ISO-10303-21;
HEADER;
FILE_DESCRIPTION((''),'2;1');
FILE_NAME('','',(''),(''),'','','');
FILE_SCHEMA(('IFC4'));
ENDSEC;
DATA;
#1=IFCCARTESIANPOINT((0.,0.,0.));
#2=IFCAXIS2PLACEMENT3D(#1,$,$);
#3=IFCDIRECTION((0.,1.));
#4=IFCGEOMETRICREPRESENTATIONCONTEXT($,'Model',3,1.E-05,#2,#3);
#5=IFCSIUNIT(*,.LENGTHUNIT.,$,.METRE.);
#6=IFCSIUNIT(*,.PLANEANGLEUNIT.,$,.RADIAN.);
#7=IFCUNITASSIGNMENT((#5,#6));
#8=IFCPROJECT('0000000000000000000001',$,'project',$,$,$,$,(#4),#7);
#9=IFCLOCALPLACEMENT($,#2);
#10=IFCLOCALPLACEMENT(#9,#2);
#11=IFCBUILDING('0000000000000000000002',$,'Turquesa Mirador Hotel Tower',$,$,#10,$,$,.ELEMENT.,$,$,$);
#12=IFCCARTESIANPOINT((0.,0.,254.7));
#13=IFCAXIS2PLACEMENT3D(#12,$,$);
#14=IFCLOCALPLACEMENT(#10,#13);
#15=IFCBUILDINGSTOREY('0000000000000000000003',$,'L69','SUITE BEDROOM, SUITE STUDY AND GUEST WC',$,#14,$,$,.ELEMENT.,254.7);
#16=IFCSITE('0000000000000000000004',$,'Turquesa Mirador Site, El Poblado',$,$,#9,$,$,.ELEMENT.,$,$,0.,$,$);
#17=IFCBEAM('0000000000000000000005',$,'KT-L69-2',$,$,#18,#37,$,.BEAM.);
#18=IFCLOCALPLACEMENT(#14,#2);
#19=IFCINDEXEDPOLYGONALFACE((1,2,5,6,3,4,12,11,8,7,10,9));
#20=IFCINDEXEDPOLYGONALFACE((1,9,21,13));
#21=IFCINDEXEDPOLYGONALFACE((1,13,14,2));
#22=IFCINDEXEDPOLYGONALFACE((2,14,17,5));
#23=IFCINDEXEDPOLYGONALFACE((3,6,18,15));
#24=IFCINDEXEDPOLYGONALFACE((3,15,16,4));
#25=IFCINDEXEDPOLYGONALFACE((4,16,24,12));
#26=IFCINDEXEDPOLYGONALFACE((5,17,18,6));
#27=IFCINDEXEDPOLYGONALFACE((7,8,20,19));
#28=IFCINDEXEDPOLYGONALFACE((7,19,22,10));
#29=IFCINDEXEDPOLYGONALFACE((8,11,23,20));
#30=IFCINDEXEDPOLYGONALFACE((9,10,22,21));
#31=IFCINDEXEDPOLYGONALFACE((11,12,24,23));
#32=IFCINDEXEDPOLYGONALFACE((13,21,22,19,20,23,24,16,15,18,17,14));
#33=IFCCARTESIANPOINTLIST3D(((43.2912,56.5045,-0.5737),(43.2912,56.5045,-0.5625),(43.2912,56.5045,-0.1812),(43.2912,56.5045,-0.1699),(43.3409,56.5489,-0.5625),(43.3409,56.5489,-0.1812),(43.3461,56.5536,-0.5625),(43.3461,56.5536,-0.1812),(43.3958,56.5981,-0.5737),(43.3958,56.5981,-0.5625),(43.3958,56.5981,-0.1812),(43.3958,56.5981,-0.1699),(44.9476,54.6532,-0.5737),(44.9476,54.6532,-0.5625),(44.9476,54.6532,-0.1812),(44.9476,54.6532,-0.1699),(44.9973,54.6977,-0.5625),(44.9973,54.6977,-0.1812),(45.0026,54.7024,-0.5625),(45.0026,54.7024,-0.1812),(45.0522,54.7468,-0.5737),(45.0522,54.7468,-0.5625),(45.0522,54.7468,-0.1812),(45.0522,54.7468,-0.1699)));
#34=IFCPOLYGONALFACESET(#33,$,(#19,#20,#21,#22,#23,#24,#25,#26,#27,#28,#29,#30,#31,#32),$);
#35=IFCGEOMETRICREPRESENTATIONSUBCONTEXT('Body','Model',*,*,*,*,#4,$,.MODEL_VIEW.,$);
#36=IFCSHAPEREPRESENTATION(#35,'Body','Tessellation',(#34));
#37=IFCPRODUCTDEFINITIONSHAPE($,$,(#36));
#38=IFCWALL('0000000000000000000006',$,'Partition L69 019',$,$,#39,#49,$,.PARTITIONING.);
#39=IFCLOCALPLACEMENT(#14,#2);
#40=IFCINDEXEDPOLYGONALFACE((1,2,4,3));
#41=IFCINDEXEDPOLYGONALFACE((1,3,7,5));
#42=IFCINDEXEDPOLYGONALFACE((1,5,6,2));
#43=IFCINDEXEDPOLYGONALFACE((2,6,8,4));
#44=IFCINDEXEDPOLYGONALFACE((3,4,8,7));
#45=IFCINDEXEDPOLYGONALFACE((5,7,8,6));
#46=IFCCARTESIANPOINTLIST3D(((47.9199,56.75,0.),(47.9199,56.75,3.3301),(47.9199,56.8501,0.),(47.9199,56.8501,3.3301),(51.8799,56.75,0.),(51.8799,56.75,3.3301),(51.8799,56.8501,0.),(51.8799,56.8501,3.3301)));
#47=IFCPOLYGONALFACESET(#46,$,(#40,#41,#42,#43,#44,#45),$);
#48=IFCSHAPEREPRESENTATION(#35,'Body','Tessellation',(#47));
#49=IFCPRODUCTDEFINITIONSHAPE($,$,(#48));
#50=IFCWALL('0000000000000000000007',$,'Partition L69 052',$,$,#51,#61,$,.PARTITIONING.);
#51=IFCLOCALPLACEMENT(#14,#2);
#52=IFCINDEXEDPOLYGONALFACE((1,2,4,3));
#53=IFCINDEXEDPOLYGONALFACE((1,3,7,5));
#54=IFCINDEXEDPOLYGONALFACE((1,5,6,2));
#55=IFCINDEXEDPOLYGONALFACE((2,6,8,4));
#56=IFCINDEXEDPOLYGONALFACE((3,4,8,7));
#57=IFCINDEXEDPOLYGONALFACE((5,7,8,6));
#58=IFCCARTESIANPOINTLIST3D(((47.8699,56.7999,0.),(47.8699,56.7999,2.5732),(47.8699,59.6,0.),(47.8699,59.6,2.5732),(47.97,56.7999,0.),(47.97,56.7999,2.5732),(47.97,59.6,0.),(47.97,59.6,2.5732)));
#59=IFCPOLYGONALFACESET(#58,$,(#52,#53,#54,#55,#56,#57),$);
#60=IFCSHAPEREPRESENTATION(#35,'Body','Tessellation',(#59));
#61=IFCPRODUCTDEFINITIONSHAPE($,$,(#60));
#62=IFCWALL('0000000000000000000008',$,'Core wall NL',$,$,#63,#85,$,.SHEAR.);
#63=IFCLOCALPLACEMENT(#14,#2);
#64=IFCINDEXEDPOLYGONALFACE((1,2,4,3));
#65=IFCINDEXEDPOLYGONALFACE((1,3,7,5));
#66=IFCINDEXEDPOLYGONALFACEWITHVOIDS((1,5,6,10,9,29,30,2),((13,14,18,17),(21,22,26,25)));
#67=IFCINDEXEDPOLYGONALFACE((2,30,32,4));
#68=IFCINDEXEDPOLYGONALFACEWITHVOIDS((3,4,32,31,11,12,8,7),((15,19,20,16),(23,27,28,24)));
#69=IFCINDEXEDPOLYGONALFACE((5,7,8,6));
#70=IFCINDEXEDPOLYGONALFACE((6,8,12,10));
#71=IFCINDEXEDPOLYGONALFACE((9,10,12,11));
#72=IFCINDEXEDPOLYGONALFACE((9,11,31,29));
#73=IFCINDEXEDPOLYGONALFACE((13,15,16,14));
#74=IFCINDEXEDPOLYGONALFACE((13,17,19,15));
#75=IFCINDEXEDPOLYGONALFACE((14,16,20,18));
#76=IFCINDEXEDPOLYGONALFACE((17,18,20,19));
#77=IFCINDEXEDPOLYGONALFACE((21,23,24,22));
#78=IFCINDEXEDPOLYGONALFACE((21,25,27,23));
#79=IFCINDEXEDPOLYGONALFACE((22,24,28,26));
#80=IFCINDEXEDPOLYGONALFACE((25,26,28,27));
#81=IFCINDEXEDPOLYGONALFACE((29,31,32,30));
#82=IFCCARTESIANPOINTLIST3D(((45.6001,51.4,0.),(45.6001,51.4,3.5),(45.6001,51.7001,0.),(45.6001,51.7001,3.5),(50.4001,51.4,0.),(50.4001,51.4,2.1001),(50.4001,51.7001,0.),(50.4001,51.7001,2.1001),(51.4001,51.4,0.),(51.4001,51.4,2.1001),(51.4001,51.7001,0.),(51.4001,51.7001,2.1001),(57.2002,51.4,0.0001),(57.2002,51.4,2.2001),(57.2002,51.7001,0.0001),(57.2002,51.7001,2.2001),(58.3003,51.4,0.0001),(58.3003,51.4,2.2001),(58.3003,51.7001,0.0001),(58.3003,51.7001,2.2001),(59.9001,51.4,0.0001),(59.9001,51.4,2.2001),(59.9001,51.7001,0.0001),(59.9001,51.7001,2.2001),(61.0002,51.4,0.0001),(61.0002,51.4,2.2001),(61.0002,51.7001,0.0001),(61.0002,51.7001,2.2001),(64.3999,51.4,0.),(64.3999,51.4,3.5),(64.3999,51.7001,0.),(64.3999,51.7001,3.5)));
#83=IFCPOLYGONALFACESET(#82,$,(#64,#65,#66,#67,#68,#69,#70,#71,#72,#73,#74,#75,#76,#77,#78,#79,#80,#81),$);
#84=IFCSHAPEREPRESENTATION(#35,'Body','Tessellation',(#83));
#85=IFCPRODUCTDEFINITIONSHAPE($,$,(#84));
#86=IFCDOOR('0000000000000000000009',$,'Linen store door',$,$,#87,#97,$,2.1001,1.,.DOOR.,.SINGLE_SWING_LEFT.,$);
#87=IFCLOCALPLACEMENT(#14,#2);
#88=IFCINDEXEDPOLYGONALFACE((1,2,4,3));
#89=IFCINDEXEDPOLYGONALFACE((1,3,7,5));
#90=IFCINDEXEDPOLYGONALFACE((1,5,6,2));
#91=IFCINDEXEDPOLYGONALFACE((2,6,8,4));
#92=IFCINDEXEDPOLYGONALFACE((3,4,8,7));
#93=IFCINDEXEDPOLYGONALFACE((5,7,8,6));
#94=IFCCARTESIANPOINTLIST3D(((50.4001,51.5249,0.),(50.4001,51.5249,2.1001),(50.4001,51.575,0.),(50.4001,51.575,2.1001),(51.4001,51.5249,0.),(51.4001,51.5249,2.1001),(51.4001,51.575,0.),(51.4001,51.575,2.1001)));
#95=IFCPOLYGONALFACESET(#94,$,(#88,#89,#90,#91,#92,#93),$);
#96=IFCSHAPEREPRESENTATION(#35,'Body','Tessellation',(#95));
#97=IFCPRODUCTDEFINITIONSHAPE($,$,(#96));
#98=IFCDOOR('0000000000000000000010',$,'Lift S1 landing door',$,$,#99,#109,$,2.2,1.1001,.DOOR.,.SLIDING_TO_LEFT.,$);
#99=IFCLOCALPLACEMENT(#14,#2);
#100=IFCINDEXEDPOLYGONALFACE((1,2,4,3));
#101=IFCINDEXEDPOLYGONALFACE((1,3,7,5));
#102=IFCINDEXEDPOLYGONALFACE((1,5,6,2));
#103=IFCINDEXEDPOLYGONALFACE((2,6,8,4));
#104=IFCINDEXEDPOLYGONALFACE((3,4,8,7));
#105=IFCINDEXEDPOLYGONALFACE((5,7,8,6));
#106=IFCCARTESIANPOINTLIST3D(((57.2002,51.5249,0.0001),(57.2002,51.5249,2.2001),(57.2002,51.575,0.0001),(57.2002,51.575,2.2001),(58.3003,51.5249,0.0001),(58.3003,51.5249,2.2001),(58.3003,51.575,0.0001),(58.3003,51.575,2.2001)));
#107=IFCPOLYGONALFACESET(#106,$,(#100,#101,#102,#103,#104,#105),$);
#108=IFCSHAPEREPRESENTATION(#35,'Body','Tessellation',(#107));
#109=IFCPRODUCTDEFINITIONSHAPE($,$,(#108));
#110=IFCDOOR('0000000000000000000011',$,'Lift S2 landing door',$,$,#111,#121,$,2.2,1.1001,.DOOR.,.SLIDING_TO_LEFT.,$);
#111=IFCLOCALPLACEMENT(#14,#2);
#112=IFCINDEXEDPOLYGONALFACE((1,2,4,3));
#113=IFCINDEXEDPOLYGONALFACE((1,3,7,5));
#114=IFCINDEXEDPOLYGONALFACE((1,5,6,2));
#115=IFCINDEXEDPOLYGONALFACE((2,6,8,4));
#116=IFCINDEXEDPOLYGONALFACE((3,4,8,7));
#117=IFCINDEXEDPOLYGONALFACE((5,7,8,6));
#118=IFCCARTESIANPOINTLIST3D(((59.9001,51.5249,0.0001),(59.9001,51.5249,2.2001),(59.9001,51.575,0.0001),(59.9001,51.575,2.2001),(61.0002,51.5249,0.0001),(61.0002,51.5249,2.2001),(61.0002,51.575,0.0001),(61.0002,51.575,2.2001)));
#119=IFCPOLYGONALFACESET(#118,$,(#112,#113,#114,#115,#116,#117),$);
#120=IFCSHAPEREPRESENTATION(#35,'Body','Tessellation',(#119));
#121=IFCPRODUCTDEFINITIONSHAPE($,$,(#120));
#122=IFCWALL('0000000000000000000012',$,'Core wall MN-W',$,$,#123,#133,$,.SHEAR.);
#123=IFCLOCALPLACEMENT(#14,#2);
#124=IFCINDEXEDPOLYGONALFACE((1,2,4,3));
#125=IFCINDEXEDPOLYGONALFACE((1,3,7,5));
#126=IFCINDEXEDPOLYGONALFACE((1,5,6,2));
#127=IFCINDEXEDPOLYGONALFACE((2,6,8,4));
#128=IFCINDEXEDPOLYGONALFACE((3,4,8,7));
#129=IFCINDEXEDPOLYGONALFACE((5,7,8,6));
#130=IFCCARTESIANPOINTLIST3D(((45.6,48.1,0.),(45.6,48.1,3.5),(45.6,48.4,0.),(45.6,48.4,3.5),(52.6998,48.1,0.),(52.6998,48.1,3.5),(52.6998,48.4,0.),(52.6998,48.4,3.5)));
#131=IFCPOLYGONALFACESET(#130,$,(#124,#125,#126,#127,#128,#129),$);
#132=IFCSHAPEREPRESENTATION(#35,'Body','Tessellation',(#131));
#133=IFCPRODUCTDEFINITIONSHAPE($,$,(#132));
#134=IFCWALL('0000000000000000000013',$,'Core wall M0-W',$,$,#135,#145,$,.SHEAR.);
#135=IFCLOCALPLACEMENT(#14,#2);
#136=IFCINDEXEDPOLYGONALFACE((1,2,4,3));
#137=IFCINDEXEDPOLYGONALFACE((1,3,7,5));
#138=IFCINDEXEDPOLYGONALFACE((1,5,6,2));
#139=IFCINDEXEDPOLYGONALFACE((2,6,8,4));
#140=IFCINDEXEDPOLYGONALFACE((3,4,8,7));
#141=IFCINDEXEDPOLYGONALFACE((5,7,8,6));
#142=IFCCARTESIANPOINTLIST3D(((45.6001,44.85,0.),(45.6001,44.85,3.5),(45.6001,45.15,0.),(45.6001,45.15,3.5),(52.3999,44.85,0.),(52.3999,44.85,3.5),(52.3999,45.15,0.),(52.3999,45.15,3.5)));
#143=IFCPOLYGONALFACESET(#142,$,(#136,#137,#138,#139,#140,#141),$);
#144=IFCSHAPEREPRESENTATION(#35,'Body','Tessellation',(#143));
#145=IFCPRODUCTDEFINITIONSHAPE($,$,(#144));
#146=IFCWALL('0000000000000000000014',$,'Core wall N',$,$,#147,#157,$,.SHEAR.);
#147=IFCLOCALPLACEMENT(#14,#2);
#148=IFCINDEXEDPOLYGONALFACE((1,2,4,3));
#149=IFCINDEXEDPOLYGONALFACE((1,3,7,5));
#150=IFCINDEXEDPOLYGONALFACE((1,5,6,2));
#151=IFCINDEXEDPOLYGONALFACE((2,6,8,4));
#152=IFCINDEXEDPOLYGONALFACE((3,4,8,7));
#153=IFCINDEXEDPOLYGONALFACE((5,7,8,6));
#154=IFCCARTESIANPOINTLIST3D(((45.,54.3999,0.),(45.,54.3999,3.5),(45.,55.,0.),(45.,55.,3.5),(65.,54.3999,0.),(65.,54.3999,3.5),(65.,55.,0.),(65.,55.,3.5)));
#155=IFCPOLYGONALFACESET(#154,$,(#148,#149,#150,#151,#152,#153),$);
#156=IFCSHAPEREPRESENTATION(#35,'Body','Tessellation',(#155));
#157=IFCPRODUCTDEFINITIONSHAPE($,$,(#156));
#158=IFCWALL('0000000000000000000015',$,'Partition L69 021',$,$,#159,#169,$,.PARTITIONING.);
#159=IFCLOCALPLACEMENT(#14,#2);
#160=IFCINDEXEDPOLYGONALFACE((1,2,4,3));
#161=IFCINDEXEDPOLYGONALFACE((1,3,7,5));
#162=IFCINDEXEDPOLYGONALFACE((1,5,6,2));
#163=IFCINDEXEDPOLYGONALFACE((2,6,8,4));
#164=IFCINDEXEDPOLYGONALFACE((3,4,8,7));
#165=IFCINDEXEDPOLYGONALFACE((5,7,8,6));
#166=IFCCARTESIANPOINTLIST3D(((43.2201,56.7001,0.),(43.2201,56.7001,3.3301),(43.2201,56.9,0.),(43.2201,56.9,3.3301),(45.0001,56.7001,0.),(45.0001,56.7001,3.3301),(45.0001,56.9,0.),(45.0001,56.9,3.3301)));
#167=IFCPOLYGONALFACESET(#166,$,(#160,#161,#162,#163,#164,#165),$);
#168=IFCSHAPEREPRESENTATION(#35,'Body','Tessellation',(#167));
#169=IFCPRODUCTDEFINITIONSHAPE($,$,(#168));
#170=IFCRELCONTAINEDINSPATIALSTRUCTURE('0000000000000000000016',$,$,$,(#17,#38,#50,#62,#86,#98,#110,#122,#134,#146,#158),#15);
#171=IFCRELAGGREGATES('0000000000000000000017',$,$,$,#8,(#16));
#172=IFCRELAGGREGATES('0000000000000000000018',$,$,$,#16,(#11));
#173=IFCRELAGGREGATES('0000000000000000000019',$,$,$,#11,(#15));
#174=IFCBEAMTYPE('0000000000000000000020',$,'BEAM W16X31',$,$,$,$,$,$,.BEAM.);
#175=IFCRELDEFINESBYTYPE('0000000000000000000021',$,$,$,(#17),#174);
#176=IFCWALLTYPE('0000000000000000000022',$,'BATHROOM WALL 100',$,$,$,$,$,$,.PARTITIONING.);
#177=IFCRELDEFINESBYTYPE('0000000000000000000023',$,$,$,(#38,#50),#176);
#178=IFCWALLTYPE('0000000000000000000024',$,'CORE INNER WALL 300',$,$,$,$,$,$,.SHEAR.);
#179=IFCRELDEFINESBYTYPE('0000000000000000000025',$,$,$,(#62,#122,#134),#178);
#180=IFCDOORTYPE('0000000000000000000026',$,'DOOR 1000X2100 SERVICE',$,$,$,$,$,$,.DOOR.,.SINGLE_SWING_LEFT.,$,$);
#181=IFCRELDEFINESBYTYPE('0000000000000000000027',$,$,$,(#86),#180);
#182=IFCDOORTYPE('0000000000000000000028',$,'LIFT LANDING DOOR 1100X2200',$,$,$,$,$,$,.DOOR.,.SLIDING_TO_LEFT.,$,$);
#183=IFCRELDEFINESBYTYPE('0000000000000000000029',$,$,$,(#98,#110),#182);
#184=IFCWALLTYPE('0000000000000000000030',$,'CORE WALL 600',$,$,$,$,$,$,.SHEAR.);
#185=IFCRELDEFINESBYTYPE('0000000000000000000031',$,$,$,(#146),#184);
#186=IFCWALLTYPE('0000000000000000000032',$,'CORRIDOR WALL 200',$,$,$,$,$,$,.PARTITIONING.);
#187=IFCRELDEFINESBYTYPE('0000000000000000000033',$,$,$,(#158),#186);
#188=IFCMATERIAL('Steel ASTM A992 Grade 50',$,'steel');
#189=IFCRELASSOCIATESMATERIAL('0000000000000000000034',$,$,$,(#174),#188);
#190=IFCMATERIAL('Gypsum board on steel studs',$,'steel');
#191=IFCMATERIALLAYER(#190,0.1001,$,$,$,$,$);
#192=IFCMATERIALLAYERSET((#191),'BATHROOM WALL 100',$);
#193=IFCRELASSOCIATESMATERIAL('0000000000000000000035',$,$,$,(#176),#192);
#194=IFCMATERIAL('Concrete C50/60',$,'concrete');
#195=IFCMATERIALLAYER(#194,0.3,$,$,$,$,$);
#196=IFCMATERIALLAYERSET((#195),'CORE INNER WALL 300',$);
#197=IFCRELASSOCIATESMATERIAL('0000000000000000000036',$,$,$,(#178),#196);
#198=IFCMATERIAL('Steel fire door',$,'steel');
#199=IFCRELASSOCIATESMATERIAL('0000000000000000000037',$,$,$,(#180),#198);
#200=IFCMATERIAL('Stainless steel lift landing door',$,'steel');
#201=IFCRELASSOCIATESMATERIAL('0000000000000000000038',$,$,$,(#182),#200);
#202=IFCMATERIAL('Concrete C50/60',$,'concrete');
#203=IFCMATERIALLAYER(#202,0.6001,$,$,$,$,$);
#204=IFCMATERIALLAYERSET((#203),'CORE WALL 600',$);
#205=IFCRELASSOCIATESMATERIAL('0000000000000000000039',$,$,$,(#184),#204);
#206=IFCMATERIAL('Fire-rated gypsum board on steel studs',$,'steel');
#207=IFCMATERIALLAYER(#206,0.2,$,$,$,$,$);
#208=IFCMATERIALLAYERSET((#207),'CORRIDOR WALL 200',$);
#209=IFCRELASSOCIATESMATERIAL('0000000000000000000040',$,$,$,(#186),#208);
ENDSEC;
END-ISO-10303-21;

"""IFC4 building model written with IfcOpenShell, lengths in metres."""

from ifc_helpers import new_model, si_unit, direction, frame, frame_2d, origin, origin_2d, place, context, subcontext, project, spatial, rectangle, i_section, extrude, material, layer, layer_set, material_profile, profile_set, type_object, element, fill, save


model = new_model("IFC4")

# Units and contexts
model_context = context("Model", 3, precision=1e-05, world=origin(), true_north=direction((0.0, 1.0)))
body_context = subcontext(model_context, "Body", "Model", "MODEL_VIEW")
ifc_project = project(units=[si_unit("LENGTHUNIT", "METRE"), si_unit("PLANEANGLEUNIT", "RADIAN")], contexts=[model_context])

# Site, building, storey
site_placement = place(None, origin())
site = spatial("IfcSite", under=ifc_project, at=site_placement, Name="Turquesa Mirador Site, El Poblado", CompositionType="ELEMENT", RefElevation=0.0)
building_placement = place(site_placement, origin())
building = spatial("IfcBuilding", under=site, at=building_placement, Name="Turquesa Mirador Hotel Tower", CompositionType="ELEMENT")
storey_placement = place(building_placement, frame((0.0, 0.0, 254.7)))
storey = spatial("IfcBuildingStorey", under=building, at=storey_placement, Name="L69", Description="SUITE BEDROOM, SUITE STUDY AND GUEST WC", CompositionType="ELEMENT", Elevation=254.7)

# Beam
ifc_material_1 = material(Name="Steel ASTM A992 Grade 50", Category="steel")
ifc_material_profile = material_profile(ifc_material_1, i_section(OverallWidth=0.1404, OverallDepth=0.4038, WebThickness=0.0071, FlangeThickness=0.0112, at=origin_2d()), Name="W16X31")
ifc_profile_set = profile_set([ifc_material_profile], Name="Steel ASTM A992 Grade 50")
beam_type = type_object("IfcBeamType", Name="BEAM W16X31", PredefinedType="BEAM", material=ifc_profile_set)
beam_placement = place(storey_placement, frame((43.3435, 56.5513, -0.3718), z_axis=(0.666806, -0.745231, 0.0), x_axis=(0.745231, 0.666806, 0.0)))
element("IfcBeam", 1, at=beam_placement, inside=storey, type_object=beam_type, Name="KT-L69-2", PredefinedType="BEAM", context=body_context, shape_type="SweptSolid", body=[
    extrude(i_section(OverallWidth=0.1404, OverallDepth=0.4038, WebThickness=0.0071, FlangeThickness=0.0112, at=origin_2d()), origin(), (0.0, 0.0, 1.0), 2.4841),
])

# Walls
ifc_material_2 = material(Name="Gypsum board on steel studs", Category="steel")
ifc_layer_1 = layer(ifc_material_2, 0.1001)
ifc_layer_set_1 = layer_set([ifc_layer_1], Name="BATHROOM WALL 100")
wall_type_1 = type_object("IfcWallType", Name="BATHROOM WALL 100", PredefinedType="PARTITIONING", material=ifc_layer_set_1)
wall_1_placement = place(storey_placement, frame((47.9199, 56.8, 0.0), z_axis=(0.0, 0.0, 1.0), x_axis=(1.0, 0.0, 0.0)))
element("IfcWall", 2, at=wall_1_placement, inside=storey, type_object=wall_type_1, Name="Partition L69 019", PredefinedType="PARTITIONING", context=body_context, shape_type="SweptSolid", body=[
    extrude(rectangle(XDim=3.96, YDim=0.1001, at=frame_2d((1.98, 0.0))), origin(), (0.0, 0.0, 1.0), 3.3301),
])
wall_2_placement = place(storey_placement, frame((47.9199, 56.8, 0.0), z_axis=(0.0, 0.0, 1.0), x_axis=(0.0, 1.0, 0.0)))
element("IfcWall", 3, at=wall_2_placement, inside=storey, type_object=wall_type_1, Name="Partition L69 052", PredefinedType="PARTITIONING", context=body_context, shape_type="SweptSolid", body=[
    extrude(rectangle(XDim=2.8, YDim=0.1001, at=frame_2d((1.3999, 0.0))), origin(), (0.0, 0.0, 1.0), 2.5732),
])

# Wall, openings, doors
ifc_material_3 = material(Name="Concrete C50/60", Category="concrete")
ifc_layer_2 = layer(ifc_material_3, 0.3)
ifc_layer_set_2 = layer_set([ifc_layer_2], Name="CORE INNER WALL 300")
wall_type_2 = type_object("IfcWallType", Name="CORE INNER WALL 300", PredefinedType="SHEAR", material=ifc_layer_set_2)
wall_3_placement = place(storey_placement, frame((45.6001, 51.55, 0.0), z_axis=(0.0, 0.0, 1.0), x_axis=(1.0, 0.0, 0.0)))
wall_3 = element("IfcWall", 4, at=wall_3_placement, inside=storey, type_object=wall_type_2, Name="Core wall NL", PredefinedType="SHEAR", context=body_context, shape_type="SweptSolid", body=[
    extrude(rectangle(XDim=18.7998, YDim=0.3, at=frame_2d((9.3999, 0.0))), origin(), (0.0, 0.0, 1.0), 3.5),
])
opening_1_placement = place(wall_3_placement, frame((4.8, 0.0, 0.0)))
opening_1 = element("IfcOpeningElement", 5, at=opening_1_placement, cuts=wall_3, PredefinedType="OPENING", context=body_context, shape_type="SweptSolid", body=[
    extrude(rectangle(XDim=1.0, YDim=2.1001, at=frame_2d((0.5, 1.05))), frame((0.0, 0.1599, 0.0), z_axis=(0.0, -1.0, 0.0), x_axis=(1.0, 0.0, 0.0)), (0.0, 0.0, 1.0), 0.3201),
])
opening_2_placement = place(wall_3_placement, frame((11.6001, 0.0, 0.0)))
opening_2 = element("IfcOpeningElement", 6, at=opening_2_placement, cuts=wall_3, PredefinedType="OPENING", context=body_context, shape_type="SweptSolid", body=[
    extrude(rectangle(XDim=1.1001, YDim=2.2, at=frame_2d((0.55, 1.1001))), frame((0.0, 0.1599, 0.0), z_axis=(0.0, -1.0, 0.0), x_axis=(1.0, 0.0, 0.0)), (0.0, 0.0, 1.0), 0.3201),
])
opening_3_placement = place(wall_3_placement, frame((14.3, 0.0, 0.0)))
opening_3 = element("IfcOpeningElement", 7, at=opening_3_placement, cuts=wall_3, PredefinedType="OPENING", context=body_context, shape_type="SweptSolid", body=[
    extrude(rectangle(XDim=1.1001, YDim=2.2, at=frame_2d((0.55, 1.1001))), frame((0.0, 0.1599, 0.0), z_axis=(0.0, -1.0, 0.0), x_axis=(1.0, 0.0, 0.0)), (0.0, 0.0, 1.0), 0.3201),
])
ifc_material_4 = material(Name="Steel fire door", Category="steel")
door_type_1 = type_object("IfcDoorType", Name="DOOR 1000X2100 SERVICE", OperationType="SINGLE_SWING_LEFT", PredefinedType="DOOR", material=ifc_material_4)
door_1_placement = place(opening_1_placement, origin())
door_1 = element("IfcDoor", 8, at=door_1_placement, inside=storey, type_object=door_type_1, Name="Linen store door", OperationType="SINGLE_SWING_LEFT", OverallHeight=2.1001, OverallWidth=1.0, PredefinedType="DOOR", context=body_context, shape_type="SweptSolid", body=[
    extrude(rectangle(XDim=1.0, YDim=2.1001, at=frame_2d((0.5, 1.05))), frame((0.0, 0.0249, 0.0), z_axis=(0.0, -1.0, 0.0), x_axis=(1.0, 0.0, 0.0)), (0.0, 0.0, 1.0), 0.05),
])
fill(opening_1, door_1)
ifc_material_5 = material(Name="Stainless steel lift landing door", Category="steel")
door_type_2 = type_object("IfcDoorType", Name="LIFT LANDING DOOR 1100X2200", OperationType="SLIDING_TO_LEFT", PredefinedType="DOOR", material=ifc_material_5)
door_2_placement = place(opening_2_placement, origin())
door_2 = element("IfcDoor", 9, at=door_2_placement, inside=storey, type_object=door_type_2, Name="Lift S1 landing door", OperationType="SLIDING_TO_LEFT", OverallHeight=2.2, OverallWidth=1.1001, PredefinedType="DOOR", context=body_context, shape_type="SweptSolid", body=[
    extrude(rectangle(XDim=1.1001, YDim=2.2, at=frame_2d((0.55, 1.1001))), frame((0.0, 0.0249, 0.0), z_axis=(0.0, -1.0, 0.0), x_axis=(1.0, 0.0, 0.0)), (0.0, 0.0, 1.0), 0.05),
])
fill(opening_2, door_2)
door_3_placement = place(opening_3_placement, origin())
door_3 = element("IfcDoor", 10, at=door_3_placement, inside=storey, type_object=door_type_2, Name="Lift S2 landing door", OperationType="SLIDING_TO_LEFT", OverallHeight=2.2, OverallWidth=1.1001, PredefinedType="DOOR", context=body_context, shape_type="SweptSolid", body=[
    extrude(rectangle(XDim=1.1001, YDim=2.2, at=frame_2d((0.55, 1.1001))), frame((0.0, 0.0249, 0.0), z_axis=(0.0, -1.0, 0.0), x_axis=(1.0, 0.0, 0.0)), (0.0, 0.0, 1.0), 0.05),
])
fill(opening_3, door_3)

# Walls
wall_4_placement = place(storey_placement, frame((45.6001, 48.25, 0.0), z_axis=(0.0, 0.0, 1.0), x_axis=(1.0, 0.0, 0.0)))
element("IfcWall", 11, at=wall_4_placement, inside=storey, type_object=wall_type_2, Name="Core wall MN-W", PredefinedType="SHEAR", context=body_context, shape_type="SweptSolid", body=[
    extrude(rectangle(XDim=7.0999, YDim=0.3, at=frame_2d((3.5498, 0.0))), origin(), (0.0, 0.0, 1.0), 3.5),
])
wall_5_placement = place(storey_placement, frame((45.6001, 45.0, 0.0), z_axis=(0.0, 0.0, 1.0), x_axis=(1.0, 0.0, 0.0)))
element("IfcWall", 12, at=wall_5_placement, inside=storey, type_object=wall_type_2, Name="Core wall M0-W", PredefinedType="SHEAR", context=body_context, shape_type="SweptSolid", body=[
    extrude(rectangle(XDim=6.7998, YDim=0.3, at=frame_2d((3.3999, 0.0))), origin(), (0.0, 0.0, 1.0), 3.5),
])
ifc_material_6 = material(Name="Concrete C50/60", Category="concrete")
ifc_layer_3 = layer(ifc_material_6, 0.6001)
ifc_layer_set_3 = layer_set([ifc_layer_3], Name="CORE WALL 600")
wall_type_3 = type_object("IfcWallType", Name="CORE WALL 600", PredefinedType="SHEAR", material=ifc_layer_set_3)
wall_6_placement = place(storey_placement, frame((45.0, 54.7, 0.0), z_axis=(0.0, 0.0, 1.0), x_axis=(1.0, 0.0, 0.0)))
element("IfcWall", 13, at=wall_6_placement, inside=storey, type_object=wall_type_3, Name="Core wall N", PredefinedType="SHEAR", context=body_context, shape_type="SweptSolid", body=[
    extrude(rectangle(XDim=20.0, YDim=0.6001, at=frame_2d((10.0, 0.0))), origin(), (0.0, 0.0, 1.0), 3.5),
])
ifc_material_7 = material(Name="Fire-rated gypsum board on steel studs", Category="steel")
ifc_layer_4 = layer(ifc_material_7, 0.2)
ifc_layer_set_4 = layer_set([ifc_layer_4], Name="CORRIDOR WALL 200")
wall_type_4 = type_object("IfcWallType", Name="CORRIDOR WALL 200", PredefinedType="PARTITIONING", material=ifc_layer_set_4)
wall_7_placement = place(storey_placement, frame((43.22, 56.8, 0.0), z_axis=(0.0, 0.0, 1.0), x_axis=(1.0, 0.0, 0.0)))
element("IfcWall", 14, at=wall_7_placement, inside=storey, type_object=wall_type_4, Name="Partition L69 021", PredefinedType="PARTITIONING", context=body_context, shape_type="SweptSolid", body=[
    extrude(rectangle(XDim=1.78, YDim=0.2, at=frame_2d((0.8901, 0.0))), origin(), (0.0, 0.0, 1.0), 3.3301),
])

save(model, "model.ifc")
